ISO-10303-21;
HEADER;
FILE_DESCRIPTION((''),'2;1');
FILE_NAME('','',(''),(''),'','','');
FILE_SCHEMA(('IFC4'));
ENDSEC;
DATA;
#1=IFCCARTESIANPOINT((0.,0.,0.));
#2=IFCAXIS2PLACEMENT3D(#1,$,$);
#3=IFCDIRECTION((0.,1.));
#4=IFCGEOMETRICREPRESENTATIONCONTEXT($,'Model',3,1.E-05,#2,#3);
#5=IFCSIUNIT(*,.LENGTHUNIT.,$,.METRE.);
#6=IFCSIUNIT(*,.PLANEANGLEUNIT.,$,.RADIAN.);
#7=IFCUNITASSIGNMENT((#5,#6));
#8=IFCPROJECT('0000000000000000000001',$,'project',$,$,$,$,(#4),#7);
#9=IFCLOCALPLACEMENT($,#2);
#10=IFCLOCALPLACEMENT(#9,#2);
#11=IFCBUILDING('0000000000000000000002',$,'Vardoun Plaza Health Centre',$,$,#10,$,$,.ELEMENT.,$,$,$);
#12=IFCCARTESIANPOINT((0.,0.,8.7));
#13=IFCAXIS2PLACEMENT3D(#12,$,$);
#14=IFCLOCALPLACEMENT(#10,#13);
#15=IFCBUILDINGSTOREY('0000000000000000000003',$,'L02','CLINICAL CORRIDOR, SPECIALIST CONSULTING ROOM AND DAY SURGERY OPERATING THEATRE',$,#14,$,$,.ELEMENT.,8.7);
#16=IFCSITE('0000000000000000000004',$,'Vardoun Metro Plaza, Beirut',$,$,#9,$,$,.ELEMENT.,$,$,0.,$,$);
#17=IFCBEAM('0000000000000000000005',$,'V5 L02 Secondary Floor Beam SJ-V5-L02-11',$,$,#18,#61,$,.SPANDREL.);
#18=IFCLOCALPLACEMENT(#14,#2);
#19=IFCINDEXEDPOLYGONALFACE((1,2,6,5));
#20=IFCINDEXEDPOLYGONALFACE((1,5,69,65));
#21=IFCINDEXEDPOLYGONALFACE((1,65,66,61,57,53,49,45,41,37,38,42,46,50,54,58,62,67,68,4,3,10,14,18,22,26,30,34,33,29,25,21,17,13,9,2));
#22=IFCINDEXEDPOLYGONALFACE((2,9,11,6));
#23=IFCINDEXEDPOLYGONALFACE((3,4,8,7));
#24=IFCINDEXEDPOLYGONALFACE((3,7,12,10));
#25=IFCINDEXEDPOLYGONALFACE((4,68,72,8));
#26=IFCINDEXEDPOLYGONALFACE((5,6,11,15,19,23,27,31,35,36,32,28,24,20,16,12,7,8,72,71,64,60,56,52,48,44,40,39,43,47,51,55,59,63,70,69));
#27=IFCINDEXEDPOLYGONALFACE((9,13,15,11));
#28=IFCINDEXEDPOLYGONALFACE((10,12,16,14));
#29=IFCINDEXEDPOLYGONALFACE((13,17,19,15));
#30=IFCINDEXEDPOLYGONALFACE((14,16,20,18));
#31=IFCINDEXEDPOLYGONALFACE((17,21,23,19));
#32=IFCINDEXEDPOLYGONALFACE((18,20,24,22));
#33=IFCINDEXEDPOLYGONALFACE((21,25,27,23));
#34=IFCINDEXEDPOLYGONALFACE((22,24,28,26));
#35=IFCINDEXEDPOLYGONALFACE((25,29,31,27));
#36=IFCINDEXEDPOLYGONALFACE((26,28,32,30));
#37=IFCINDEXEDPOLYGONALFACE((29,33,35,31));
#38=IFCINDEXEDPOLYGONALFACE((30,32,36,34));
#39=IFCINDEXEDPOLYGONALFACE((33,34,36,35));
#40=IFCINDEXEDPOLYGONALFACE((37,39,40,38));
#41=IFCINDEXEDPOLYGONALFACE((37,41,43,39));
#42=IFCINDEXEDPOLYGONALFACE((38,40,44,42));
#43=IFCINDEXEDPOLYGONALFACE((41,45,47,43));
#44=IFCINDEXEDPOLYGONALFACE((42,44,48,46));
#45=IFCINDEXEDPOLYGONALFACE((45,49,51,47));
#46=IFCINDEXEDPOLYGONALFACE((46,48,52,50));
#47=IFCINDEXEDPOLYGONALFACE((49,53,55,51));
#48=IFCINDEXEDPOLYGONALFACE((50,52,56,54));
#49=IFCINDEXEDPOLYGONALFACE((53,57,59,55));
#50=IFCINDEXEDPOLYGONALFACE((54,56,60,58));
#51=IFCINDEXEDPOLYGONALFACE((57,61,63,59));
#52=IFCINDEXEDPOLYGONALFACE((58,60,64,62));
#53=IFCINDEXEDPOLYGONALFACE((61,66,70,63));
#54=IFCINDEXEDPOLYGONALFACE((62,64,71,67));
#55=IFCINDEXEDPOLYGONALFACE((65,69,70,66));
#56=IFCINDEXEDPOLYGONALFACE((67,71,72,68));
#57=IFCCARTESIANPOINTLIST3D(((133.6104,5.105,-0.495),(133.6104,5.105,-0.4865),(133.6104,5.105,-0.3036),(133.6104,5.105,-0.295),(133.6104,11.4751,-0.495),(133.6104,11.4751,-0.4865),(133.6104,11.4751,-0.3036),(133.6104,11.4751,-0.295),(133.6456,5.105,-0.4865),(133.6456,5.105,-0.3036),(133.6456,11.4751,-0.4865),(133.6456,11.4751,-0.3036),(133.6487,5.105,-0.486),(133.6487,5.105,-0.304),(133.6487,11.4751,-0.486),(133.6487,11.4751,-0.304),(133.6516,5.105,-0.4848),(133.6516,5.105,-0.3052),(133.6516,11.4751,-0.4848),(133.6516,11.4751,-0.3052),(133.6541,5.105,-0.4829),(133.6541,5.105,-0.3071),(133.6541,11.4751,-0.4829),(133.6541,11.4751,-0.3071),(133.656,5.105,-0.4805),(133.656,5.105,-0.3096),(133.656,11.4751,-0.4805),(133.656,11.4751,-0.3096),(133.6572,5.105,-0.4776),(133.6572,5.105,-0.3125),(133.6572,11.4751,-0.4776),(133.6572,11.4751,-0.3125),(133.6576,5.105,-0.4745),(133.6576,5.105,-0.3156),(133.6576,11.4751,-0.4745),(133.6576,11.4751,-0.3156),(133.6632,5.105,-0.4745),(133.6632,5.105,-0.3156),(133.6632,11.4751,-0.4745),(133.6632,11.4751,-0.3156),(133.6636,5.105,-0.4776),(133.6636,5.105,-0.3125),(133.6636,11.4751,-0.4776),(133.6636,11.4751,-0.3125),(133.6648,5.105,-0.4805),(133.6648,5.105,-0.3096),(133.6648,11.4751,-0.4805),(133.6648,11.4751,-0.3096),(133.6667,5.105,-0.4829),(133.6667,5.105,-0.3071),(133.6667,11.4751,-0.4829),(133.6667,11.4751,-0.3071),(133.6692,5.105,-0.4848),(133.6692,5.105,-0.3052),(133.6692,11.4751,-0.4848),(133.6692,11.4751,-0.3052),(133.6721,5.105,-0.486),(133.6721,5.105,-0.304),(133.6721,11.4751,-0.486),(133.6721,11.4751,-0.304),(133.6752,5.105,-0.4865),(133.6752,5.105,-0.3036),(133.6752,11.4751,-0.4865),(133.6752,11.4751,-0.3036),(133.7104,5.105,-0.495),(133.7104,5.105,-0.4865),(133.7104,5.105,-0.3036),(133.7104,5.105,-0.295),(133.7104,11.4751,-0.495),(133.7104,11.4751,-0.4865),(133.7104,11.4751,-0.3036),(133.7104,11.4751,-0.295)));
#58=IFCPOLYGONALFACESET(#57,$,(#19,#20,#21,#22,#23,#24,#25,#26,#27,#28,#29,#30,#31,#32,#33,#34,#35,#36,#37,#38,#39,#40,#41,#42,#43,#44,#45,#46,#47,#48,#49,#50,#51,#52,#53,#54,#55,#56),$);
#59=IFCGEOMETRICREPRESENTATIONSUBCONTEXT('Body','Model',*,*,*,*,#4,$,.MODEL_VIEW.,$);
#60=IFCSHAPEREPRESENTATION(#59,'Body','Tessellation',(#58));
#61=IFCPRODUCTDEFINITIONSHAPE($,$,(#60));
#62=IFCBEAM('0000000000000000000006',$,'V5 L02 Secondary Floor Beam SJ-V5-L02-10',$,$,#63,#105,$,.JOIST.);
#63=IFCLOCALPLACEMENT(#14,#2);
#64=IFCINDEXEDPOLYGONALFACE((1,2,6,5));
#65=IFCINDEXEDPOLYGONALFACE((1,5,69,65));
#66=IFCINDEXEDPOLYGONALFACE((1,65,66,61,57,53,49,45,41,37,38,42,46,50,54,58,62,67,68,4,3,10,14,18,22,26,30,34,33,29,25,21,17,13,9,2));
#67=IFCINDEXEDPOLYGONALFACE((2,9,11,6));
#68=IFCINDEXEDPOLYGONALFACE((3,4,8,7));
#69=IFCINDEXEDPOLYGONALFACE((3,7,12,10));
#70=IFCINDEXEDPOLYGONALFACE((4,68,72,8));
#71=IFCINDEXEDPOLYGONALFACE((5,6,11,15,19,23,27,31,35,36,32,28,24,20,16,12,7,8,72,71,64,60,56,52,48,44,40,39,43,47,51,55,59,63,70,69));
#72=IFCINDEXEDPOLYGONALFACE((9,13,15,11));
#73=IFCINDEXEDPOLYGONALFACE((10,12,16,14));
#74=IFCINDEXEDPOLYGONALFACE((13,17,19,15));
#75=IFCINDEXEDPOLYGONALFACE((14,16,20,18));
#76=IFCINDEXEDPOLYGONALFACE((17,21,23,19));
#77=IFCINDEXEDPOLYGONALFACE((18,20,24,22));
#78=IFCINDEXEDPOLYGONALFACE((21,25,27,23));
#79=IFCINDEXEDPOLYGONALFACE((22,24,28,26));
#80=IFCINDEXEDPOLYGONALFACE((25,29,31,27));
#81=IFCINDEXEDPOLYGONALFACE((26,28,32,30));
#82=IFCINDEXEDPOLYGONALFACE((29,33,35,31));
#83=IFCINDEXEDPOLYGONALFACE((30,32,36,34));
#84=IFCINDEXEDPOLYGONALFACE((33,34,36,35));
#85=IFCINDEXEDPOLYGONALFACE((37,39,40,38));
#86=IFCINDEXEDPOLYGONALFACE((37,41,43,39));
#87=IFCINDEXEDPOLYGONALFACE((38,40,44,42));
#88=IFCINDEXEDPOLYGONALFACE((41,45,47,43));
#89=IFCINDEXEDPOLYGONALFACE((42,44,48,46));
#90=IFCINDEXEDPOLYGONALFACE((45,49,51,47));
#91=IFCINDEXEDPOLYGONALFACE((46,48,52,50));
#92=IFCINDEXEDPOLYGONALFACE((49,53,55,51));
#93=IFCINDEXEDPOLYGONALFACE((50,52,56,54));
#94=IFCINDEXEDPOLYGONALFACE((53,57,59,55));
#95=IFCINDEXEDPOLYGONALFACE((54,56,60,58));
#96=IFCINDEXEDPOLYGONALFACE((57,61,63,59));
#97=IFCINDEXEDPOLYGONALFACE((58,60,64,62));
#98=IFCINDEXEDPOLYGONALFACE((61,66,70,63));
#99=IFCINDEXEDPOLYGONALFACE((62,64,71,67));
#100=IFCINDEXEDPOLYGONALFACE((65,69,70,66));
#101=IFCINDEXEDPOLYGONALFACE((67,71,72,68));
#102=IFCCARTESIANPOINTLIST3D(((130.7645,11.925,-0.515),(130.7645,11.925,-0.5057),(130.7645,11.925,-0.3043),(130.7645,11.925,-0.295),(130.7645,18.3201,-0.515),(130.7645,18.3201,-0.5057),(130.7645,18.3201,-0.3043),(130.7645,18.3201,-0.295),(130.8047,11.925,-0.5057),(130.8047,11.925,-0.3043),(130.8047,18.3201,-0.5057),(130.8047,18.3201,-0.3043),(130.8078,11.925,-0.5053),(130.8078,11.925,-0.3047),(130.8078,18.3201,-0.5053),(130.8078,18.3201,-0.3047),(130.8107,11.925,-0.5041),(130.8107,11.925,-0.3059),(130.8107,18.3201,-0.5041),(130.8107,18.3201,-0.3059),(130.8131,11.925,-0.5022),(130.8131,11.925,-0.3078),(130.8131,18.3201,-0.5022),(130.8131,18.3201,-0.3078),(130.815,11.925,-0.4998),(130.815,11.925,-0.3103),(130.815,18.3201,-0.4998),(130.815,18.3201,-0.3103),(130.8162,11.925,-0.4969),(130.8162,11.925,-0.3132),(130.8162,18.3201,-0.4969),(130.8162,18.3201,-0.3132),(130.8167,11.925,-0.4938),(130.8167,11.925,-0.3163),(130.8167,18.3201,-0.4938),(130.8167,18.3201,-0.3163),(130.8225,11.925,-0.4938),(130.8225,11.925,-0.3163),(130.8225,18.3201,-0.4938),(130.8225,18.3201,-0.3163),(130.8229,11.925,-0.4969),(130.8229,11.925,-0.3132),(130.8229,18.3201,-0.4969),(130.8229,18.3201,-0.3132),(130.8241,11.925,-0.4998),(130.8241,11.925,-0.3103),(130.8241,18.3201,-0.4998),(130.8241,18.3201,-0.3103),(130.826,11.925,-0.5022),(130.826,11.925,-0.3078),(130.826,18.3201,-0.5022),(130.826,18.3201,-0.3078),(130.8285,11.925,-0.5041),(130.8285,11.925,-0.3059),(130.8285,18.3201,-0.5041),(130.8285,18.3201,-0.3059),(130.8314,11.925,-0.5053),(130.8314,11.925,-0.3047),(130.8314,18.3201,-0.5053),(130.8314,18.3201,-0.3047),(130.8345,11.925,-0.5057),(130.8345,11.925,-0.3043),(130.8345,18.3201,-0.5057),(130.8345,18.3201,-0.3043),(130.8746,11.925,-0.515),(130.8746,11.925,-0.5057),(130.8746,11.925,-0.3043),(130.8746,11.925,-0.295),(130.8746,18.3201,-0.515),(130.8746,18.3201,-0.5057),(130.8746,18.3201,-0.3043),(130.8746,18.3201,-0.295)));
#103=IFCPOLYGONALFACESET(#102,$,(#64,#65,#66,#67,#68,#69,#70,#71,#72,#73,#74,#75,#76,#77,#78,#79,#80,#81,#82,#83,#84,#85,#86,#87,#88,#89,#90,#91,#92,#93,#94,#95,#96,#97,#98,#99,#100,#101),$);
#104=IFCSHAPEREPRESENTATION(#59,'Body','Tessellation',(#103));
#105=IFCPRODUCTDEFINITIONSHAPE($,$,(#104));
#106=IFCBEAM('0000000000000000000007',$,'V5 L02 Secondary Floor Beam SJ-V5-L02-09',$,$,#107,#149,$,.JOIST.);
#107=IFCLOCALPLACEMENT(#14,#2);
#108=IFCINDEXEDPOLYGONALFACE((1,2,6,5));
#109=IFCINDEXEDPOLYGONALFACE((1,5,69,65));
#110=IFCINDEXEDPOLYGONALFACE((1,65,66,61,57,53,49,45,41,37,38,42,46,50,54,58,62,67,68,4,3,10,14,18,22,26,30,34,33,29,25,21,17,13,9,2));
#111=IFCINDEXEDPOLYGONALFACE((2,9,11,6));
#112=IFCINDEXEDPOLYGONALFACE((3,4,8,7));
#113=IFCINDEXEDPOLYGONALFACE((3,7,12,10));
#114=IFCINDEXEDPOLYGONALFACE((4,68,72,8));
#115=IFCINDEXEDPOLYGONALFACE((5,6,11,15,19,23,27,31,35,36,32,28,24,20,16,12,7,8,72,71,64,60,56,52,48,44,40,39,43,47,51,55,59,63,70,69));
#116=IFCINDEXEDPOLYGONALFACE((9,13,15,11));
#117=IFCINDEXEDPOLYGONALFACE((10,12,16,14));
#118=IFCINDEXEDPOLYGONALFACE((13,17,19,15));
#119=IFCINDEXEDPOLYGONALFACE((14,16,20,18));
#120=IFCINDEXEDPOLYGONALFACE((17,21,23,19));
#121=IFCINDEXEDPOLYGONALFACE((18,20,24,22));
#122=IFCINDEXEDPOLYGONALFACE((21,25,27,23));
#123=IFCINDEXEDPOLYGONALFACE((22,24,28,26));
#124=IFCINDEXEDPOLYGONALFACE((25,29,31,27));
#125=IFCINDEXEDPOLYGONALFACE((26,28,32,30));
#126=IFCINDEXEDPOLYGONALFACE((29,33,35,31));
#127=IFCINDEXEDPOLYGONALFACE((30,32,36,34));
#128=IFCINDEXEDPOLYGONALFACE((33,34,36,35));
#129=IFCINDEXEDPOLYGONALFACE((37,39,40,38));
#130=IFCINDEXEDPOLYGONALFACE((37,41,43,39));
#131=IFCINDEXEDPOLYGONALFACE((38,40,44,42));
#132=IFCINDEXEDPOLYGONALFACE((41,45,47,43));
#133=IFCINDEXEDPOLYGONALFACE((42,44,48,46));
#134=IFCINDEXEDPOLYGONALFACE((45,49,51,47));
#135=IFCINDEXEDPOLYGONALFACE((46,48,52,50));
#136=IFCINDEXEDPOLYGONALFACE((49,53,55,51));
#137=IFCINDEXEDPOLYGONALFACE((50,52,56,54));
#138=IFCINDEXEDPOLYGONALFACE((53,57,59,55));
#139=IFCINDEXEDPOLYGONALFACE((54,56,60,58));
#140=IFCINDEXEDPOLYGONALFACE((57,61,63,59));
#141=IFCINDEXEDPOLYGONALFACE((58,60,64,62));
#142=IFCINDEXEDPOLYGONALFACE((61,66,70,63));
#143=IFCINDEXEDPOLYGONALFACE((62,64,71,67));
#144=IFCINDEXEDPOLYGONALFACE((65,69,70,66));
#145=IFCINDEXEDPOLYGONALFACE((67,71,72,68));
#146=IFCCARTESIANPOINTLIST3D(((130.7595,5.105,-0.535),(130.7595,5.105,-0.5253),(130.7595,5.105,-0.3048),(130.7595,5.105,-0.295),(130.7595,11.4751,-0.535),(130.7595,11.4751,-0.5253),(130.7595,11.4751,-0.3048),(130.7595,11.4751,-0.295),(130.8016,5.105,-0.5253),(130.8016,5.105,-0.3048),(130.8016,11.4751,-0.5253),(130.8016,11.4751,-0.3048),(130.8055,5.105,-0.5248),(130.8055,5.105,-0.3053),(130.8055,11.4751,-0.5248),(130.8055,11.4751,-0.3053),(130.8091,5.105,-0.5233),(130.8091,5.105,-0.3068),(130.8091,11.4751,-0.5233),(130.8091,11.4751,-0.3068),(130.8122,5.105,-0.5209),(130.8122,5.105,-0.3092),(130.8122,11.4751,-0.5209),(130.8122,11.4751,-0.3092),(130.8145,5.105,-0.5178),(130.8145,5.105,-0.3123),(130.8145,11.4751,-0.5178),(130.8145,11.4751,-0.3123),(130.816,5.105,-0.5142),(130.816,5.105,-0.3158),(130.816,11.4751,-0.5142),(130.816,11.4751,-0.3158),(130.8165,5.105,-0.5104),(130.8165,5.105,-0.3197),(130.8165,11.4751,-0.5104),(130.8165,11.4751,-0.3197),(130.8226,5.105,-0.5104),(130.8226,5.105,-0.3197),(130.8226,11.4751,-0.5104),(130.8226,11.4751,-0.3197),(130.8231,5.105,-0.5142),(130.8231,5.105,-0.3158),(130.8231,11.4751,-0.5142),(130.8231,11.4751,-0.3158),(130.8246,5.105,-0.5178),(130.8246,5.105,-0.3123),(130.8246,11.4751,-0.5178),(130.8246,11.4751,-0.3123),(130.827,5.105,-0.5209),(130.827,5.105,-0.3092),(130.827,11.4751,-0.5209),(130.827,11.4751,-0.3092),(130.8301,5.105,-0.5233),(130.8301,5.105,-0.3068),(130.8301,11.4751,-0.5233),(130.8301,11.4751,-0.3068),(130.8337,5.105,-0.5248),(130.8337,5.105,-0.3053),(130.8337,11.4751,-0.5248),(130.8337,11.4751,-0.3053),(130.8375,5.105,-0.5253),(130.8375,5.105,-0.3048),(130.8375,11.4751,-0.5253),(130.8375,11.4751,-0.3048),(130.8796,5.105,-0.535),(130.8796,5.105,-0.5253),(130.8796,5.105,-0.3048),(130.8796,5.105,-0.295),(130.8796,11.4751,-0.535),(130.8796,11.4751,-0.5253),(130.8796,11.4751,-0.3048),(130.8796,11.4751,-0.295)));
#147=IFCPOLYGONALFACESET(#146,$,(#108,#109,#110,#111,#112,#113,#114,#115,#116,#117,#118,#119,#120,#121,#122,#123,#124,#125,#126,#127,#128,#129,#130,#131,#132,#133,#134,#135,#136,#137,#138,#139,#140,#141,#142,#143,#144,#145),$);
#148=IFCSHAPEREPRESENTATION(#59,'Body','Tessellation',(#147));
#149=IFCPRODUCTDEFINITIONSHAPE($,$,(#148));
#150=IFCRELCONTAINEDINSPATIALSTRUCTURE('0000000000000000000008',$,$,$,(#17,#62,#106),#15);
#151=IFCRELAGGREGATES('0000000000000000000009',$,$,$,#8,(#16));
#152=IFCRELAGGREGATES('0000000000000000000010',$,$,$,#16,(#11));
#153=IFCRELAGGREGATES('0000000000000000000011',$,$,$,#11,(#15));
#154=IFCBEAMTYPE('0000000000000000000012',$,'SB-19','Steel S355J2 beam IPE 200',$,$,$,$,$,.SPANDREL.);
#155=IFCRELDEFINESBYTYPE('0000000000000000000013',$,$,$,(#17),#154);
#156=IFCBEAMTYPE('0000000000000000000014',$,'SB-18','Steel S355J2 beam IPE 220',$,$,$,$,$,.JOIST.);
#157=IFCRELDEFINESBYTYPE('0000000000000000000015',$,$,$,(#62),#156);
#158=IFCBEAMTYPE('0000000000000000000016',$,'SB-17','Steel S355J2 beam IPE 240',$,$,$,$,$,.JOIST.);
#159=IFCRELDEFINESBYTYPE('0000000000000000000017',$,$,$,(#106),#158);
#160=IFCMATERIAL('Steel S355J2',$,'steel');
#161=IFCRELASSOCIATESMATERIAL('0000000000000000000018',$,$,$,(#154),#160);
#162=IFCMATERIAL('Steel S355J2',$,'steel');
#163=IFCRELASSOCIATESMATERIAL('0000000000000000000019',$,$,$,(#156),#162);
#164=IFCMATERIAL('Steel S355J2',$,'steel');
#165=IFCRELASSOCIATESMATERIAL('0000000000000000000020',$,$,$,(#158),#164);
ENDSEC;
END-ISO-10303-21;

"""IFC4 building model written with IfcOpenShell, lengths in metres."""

from ifc_helpers import new_model, si_unit, direction, frame, origin, origin_2d, place, context, subcontext, project, spatial, i_section, extrude, material, material_profile, profile_set, type_object, element, save


model = new_model("IFC4")

# Units and contexts
model_context = context("Model", 3, precision=1e-05, world=origin(), true_north=direction((0.0, 1.0)))
body_context = subcontext(model_context, "Body", "Model", "MODEL_VIEW")
ifc_project = project(units=[si_unit("LENGTHUNIT", "METRE"), si_unit("PLANEANGLEUNIT", "RADIAN")], contexts=[model_context])

# Site, building, storey
site_placement = place(None, origin())
site = spatial("IfcSite", under=ifc_project, at=site_placement, Name="Vardoun Metro Plaza, Beirut", CompositionType="ELEMENT", RefElevation=0.0)
building_placement = place(site_placement, origin())
building = spatial("IfcBuilding", under=site, at=building_placement, Name="Vardoun Plaza Health Centre", CompositionType="ELEMENT")
storey_placement = place(building_placement, frame((0.0, 0.0, 8.7)))
storey = spatial("IfcBuildingStorey", under=building, at=storey_placement, Name="L02", Description="CLINICAL CORRIDOR, SPECIALIST CONSULTING ROOM AND DAY SURGERY OPERATING THEATRE", CompositionType="ELEMENT", Elevation=8.7)

# Beams
ifc_material_1 = material(Name="Steel S355J2", Category="steel")
ifc_material_profile_1 = material_profile(ifc_material_1, i_section(OverallWidth=0.1001, OverallDepth=0.2, WebThickness=0.0056, FlangeThickness=0.0085, FilletRadius=0.012, at=origin_2d()), Name="IPE 200")
ifc_profile_set_1 = profile_set([ifc_material_profile_1], Name="Steel S355J2")
beam_type_1 = type_object("IfcBeamType", Name="SB-19", Description="Steel S355J2 beam IPE 200", PredefinedType="SPANDREL", material=ifc_profile_set_1)
beam_1_placement = place(storey_placement, frame((133.6604, 5.105, -0.395), z_axis=(0.0, 1.0, 0.0), x_axis=(-1.0, 0.0, 0.0)))
element("IfcBeam", 1, at=beam_1_placement, inside=storey, type_object=beam_type_1, Name="V5 L02 Secondary Floor Beam SJ-V5-L02-11", PredefinedType="SPANDREL", context=body_context, shape_type="SweptSolid", body=[
    extrude(i_section(OverallWidth=0.1001, OverallDepth=0.2, WebThickness=0.0056, FlangeThickness=0.0085, FilletRadius=0.012, at=origin_2d()), origin(), (0.0, 0.0, 1.0), 6.3701),
])
ifc_material_2 = material(Name="Steel S355J2", Category="steel")
ifc_material_profile_2 = material_profile(ifc_material_2, i_section(OverallWidth=0.1101, OverallDepth=0.22, WebThickness=0.0059, FlangeThickness=0.0093, FilletRadius=0.012, at=origin_2d()), Name="IPE 220")
ifc_profile_set_2 = profile_set([ifc_material_profile_2], Name="Steel S355J2")
beam_type_2 = type_object("IfcBeamType", Name="SB-18", Description="Steel S355J2 beam IPE 220", PredefinedType="JOIST", material=ifc_profile_set_2)
beam_2_placement = place(storey_placement, frame((130.8196, 11.925, -0.405), z_axis=(0.0, 1.0, 0.0), x_axis=(-1.0, 0.0, 0.0)))
element("IfcBeam", 2, at=beam_2_placement, inside=storey, type_object=beam_type_2, Name="V5 L02 Secondary Floor Beam SJ-V5-L02-10", PredefinedType="JOIST", context=body_context, shape_type="SweptSolid", body=[
    extrude(i_section(OverallWidth=0.1101, OverallDepth=0.22, WebThickness=0.0059, FlangeThickness=0.0093, FilletRadius=0.012, at=origin_2d()), origin(), (0.0, 0.0, 1.0), 6.395),
])
ifc_material_3 = material(Name="Steel S355J2", Category="steel")
ifc_material_profile_3 = material_profile(ifc_material_3, i_section(OverallWidth=0.1201, OverallDepth=0.24, WebThickness=0.0061, FlangeThickness=0.0098, FilletRadius=0.0149, at=origin_2d()), Name="IPE 240")
ifc_profile_set_3 = profile_set([ifc_material_profile_3], Name="Steel S355J2")
beam_type_3 = type_object("IfcBeamType", Name="SB-17", Description="Steel S355J2 beam IPE 240", PredefinedType="JOIST", material=ifc_profile_set_3)
beam_3_placement = place(storey_placement, frame((130.8196, 5.105, -0.415), z_axis=(0.0, 1.0, 0.0), x_axis=(-1.0, 0.0, 0.0)))
element("IfcBeam", 3, at=beam_3_placement, inside=storey, type_object=beam_type_3, Name="V5 L02 Secondary Floor Beam SJ-V5-L02-09", PredefinedType="JOIST", context=body_context, shape_type="SweptSolid", body=[
    extrude(i_section(OverallWidth=0.1201, OverallDepth=0.24, WebThickness=0.0061, FlangeThickness=0.0098, FilletRadius=0.0149, at=origin_2d()), origin(), (0.0, 0.0, 1.0), 6.3701),
])

save(model, "model.ifc")
